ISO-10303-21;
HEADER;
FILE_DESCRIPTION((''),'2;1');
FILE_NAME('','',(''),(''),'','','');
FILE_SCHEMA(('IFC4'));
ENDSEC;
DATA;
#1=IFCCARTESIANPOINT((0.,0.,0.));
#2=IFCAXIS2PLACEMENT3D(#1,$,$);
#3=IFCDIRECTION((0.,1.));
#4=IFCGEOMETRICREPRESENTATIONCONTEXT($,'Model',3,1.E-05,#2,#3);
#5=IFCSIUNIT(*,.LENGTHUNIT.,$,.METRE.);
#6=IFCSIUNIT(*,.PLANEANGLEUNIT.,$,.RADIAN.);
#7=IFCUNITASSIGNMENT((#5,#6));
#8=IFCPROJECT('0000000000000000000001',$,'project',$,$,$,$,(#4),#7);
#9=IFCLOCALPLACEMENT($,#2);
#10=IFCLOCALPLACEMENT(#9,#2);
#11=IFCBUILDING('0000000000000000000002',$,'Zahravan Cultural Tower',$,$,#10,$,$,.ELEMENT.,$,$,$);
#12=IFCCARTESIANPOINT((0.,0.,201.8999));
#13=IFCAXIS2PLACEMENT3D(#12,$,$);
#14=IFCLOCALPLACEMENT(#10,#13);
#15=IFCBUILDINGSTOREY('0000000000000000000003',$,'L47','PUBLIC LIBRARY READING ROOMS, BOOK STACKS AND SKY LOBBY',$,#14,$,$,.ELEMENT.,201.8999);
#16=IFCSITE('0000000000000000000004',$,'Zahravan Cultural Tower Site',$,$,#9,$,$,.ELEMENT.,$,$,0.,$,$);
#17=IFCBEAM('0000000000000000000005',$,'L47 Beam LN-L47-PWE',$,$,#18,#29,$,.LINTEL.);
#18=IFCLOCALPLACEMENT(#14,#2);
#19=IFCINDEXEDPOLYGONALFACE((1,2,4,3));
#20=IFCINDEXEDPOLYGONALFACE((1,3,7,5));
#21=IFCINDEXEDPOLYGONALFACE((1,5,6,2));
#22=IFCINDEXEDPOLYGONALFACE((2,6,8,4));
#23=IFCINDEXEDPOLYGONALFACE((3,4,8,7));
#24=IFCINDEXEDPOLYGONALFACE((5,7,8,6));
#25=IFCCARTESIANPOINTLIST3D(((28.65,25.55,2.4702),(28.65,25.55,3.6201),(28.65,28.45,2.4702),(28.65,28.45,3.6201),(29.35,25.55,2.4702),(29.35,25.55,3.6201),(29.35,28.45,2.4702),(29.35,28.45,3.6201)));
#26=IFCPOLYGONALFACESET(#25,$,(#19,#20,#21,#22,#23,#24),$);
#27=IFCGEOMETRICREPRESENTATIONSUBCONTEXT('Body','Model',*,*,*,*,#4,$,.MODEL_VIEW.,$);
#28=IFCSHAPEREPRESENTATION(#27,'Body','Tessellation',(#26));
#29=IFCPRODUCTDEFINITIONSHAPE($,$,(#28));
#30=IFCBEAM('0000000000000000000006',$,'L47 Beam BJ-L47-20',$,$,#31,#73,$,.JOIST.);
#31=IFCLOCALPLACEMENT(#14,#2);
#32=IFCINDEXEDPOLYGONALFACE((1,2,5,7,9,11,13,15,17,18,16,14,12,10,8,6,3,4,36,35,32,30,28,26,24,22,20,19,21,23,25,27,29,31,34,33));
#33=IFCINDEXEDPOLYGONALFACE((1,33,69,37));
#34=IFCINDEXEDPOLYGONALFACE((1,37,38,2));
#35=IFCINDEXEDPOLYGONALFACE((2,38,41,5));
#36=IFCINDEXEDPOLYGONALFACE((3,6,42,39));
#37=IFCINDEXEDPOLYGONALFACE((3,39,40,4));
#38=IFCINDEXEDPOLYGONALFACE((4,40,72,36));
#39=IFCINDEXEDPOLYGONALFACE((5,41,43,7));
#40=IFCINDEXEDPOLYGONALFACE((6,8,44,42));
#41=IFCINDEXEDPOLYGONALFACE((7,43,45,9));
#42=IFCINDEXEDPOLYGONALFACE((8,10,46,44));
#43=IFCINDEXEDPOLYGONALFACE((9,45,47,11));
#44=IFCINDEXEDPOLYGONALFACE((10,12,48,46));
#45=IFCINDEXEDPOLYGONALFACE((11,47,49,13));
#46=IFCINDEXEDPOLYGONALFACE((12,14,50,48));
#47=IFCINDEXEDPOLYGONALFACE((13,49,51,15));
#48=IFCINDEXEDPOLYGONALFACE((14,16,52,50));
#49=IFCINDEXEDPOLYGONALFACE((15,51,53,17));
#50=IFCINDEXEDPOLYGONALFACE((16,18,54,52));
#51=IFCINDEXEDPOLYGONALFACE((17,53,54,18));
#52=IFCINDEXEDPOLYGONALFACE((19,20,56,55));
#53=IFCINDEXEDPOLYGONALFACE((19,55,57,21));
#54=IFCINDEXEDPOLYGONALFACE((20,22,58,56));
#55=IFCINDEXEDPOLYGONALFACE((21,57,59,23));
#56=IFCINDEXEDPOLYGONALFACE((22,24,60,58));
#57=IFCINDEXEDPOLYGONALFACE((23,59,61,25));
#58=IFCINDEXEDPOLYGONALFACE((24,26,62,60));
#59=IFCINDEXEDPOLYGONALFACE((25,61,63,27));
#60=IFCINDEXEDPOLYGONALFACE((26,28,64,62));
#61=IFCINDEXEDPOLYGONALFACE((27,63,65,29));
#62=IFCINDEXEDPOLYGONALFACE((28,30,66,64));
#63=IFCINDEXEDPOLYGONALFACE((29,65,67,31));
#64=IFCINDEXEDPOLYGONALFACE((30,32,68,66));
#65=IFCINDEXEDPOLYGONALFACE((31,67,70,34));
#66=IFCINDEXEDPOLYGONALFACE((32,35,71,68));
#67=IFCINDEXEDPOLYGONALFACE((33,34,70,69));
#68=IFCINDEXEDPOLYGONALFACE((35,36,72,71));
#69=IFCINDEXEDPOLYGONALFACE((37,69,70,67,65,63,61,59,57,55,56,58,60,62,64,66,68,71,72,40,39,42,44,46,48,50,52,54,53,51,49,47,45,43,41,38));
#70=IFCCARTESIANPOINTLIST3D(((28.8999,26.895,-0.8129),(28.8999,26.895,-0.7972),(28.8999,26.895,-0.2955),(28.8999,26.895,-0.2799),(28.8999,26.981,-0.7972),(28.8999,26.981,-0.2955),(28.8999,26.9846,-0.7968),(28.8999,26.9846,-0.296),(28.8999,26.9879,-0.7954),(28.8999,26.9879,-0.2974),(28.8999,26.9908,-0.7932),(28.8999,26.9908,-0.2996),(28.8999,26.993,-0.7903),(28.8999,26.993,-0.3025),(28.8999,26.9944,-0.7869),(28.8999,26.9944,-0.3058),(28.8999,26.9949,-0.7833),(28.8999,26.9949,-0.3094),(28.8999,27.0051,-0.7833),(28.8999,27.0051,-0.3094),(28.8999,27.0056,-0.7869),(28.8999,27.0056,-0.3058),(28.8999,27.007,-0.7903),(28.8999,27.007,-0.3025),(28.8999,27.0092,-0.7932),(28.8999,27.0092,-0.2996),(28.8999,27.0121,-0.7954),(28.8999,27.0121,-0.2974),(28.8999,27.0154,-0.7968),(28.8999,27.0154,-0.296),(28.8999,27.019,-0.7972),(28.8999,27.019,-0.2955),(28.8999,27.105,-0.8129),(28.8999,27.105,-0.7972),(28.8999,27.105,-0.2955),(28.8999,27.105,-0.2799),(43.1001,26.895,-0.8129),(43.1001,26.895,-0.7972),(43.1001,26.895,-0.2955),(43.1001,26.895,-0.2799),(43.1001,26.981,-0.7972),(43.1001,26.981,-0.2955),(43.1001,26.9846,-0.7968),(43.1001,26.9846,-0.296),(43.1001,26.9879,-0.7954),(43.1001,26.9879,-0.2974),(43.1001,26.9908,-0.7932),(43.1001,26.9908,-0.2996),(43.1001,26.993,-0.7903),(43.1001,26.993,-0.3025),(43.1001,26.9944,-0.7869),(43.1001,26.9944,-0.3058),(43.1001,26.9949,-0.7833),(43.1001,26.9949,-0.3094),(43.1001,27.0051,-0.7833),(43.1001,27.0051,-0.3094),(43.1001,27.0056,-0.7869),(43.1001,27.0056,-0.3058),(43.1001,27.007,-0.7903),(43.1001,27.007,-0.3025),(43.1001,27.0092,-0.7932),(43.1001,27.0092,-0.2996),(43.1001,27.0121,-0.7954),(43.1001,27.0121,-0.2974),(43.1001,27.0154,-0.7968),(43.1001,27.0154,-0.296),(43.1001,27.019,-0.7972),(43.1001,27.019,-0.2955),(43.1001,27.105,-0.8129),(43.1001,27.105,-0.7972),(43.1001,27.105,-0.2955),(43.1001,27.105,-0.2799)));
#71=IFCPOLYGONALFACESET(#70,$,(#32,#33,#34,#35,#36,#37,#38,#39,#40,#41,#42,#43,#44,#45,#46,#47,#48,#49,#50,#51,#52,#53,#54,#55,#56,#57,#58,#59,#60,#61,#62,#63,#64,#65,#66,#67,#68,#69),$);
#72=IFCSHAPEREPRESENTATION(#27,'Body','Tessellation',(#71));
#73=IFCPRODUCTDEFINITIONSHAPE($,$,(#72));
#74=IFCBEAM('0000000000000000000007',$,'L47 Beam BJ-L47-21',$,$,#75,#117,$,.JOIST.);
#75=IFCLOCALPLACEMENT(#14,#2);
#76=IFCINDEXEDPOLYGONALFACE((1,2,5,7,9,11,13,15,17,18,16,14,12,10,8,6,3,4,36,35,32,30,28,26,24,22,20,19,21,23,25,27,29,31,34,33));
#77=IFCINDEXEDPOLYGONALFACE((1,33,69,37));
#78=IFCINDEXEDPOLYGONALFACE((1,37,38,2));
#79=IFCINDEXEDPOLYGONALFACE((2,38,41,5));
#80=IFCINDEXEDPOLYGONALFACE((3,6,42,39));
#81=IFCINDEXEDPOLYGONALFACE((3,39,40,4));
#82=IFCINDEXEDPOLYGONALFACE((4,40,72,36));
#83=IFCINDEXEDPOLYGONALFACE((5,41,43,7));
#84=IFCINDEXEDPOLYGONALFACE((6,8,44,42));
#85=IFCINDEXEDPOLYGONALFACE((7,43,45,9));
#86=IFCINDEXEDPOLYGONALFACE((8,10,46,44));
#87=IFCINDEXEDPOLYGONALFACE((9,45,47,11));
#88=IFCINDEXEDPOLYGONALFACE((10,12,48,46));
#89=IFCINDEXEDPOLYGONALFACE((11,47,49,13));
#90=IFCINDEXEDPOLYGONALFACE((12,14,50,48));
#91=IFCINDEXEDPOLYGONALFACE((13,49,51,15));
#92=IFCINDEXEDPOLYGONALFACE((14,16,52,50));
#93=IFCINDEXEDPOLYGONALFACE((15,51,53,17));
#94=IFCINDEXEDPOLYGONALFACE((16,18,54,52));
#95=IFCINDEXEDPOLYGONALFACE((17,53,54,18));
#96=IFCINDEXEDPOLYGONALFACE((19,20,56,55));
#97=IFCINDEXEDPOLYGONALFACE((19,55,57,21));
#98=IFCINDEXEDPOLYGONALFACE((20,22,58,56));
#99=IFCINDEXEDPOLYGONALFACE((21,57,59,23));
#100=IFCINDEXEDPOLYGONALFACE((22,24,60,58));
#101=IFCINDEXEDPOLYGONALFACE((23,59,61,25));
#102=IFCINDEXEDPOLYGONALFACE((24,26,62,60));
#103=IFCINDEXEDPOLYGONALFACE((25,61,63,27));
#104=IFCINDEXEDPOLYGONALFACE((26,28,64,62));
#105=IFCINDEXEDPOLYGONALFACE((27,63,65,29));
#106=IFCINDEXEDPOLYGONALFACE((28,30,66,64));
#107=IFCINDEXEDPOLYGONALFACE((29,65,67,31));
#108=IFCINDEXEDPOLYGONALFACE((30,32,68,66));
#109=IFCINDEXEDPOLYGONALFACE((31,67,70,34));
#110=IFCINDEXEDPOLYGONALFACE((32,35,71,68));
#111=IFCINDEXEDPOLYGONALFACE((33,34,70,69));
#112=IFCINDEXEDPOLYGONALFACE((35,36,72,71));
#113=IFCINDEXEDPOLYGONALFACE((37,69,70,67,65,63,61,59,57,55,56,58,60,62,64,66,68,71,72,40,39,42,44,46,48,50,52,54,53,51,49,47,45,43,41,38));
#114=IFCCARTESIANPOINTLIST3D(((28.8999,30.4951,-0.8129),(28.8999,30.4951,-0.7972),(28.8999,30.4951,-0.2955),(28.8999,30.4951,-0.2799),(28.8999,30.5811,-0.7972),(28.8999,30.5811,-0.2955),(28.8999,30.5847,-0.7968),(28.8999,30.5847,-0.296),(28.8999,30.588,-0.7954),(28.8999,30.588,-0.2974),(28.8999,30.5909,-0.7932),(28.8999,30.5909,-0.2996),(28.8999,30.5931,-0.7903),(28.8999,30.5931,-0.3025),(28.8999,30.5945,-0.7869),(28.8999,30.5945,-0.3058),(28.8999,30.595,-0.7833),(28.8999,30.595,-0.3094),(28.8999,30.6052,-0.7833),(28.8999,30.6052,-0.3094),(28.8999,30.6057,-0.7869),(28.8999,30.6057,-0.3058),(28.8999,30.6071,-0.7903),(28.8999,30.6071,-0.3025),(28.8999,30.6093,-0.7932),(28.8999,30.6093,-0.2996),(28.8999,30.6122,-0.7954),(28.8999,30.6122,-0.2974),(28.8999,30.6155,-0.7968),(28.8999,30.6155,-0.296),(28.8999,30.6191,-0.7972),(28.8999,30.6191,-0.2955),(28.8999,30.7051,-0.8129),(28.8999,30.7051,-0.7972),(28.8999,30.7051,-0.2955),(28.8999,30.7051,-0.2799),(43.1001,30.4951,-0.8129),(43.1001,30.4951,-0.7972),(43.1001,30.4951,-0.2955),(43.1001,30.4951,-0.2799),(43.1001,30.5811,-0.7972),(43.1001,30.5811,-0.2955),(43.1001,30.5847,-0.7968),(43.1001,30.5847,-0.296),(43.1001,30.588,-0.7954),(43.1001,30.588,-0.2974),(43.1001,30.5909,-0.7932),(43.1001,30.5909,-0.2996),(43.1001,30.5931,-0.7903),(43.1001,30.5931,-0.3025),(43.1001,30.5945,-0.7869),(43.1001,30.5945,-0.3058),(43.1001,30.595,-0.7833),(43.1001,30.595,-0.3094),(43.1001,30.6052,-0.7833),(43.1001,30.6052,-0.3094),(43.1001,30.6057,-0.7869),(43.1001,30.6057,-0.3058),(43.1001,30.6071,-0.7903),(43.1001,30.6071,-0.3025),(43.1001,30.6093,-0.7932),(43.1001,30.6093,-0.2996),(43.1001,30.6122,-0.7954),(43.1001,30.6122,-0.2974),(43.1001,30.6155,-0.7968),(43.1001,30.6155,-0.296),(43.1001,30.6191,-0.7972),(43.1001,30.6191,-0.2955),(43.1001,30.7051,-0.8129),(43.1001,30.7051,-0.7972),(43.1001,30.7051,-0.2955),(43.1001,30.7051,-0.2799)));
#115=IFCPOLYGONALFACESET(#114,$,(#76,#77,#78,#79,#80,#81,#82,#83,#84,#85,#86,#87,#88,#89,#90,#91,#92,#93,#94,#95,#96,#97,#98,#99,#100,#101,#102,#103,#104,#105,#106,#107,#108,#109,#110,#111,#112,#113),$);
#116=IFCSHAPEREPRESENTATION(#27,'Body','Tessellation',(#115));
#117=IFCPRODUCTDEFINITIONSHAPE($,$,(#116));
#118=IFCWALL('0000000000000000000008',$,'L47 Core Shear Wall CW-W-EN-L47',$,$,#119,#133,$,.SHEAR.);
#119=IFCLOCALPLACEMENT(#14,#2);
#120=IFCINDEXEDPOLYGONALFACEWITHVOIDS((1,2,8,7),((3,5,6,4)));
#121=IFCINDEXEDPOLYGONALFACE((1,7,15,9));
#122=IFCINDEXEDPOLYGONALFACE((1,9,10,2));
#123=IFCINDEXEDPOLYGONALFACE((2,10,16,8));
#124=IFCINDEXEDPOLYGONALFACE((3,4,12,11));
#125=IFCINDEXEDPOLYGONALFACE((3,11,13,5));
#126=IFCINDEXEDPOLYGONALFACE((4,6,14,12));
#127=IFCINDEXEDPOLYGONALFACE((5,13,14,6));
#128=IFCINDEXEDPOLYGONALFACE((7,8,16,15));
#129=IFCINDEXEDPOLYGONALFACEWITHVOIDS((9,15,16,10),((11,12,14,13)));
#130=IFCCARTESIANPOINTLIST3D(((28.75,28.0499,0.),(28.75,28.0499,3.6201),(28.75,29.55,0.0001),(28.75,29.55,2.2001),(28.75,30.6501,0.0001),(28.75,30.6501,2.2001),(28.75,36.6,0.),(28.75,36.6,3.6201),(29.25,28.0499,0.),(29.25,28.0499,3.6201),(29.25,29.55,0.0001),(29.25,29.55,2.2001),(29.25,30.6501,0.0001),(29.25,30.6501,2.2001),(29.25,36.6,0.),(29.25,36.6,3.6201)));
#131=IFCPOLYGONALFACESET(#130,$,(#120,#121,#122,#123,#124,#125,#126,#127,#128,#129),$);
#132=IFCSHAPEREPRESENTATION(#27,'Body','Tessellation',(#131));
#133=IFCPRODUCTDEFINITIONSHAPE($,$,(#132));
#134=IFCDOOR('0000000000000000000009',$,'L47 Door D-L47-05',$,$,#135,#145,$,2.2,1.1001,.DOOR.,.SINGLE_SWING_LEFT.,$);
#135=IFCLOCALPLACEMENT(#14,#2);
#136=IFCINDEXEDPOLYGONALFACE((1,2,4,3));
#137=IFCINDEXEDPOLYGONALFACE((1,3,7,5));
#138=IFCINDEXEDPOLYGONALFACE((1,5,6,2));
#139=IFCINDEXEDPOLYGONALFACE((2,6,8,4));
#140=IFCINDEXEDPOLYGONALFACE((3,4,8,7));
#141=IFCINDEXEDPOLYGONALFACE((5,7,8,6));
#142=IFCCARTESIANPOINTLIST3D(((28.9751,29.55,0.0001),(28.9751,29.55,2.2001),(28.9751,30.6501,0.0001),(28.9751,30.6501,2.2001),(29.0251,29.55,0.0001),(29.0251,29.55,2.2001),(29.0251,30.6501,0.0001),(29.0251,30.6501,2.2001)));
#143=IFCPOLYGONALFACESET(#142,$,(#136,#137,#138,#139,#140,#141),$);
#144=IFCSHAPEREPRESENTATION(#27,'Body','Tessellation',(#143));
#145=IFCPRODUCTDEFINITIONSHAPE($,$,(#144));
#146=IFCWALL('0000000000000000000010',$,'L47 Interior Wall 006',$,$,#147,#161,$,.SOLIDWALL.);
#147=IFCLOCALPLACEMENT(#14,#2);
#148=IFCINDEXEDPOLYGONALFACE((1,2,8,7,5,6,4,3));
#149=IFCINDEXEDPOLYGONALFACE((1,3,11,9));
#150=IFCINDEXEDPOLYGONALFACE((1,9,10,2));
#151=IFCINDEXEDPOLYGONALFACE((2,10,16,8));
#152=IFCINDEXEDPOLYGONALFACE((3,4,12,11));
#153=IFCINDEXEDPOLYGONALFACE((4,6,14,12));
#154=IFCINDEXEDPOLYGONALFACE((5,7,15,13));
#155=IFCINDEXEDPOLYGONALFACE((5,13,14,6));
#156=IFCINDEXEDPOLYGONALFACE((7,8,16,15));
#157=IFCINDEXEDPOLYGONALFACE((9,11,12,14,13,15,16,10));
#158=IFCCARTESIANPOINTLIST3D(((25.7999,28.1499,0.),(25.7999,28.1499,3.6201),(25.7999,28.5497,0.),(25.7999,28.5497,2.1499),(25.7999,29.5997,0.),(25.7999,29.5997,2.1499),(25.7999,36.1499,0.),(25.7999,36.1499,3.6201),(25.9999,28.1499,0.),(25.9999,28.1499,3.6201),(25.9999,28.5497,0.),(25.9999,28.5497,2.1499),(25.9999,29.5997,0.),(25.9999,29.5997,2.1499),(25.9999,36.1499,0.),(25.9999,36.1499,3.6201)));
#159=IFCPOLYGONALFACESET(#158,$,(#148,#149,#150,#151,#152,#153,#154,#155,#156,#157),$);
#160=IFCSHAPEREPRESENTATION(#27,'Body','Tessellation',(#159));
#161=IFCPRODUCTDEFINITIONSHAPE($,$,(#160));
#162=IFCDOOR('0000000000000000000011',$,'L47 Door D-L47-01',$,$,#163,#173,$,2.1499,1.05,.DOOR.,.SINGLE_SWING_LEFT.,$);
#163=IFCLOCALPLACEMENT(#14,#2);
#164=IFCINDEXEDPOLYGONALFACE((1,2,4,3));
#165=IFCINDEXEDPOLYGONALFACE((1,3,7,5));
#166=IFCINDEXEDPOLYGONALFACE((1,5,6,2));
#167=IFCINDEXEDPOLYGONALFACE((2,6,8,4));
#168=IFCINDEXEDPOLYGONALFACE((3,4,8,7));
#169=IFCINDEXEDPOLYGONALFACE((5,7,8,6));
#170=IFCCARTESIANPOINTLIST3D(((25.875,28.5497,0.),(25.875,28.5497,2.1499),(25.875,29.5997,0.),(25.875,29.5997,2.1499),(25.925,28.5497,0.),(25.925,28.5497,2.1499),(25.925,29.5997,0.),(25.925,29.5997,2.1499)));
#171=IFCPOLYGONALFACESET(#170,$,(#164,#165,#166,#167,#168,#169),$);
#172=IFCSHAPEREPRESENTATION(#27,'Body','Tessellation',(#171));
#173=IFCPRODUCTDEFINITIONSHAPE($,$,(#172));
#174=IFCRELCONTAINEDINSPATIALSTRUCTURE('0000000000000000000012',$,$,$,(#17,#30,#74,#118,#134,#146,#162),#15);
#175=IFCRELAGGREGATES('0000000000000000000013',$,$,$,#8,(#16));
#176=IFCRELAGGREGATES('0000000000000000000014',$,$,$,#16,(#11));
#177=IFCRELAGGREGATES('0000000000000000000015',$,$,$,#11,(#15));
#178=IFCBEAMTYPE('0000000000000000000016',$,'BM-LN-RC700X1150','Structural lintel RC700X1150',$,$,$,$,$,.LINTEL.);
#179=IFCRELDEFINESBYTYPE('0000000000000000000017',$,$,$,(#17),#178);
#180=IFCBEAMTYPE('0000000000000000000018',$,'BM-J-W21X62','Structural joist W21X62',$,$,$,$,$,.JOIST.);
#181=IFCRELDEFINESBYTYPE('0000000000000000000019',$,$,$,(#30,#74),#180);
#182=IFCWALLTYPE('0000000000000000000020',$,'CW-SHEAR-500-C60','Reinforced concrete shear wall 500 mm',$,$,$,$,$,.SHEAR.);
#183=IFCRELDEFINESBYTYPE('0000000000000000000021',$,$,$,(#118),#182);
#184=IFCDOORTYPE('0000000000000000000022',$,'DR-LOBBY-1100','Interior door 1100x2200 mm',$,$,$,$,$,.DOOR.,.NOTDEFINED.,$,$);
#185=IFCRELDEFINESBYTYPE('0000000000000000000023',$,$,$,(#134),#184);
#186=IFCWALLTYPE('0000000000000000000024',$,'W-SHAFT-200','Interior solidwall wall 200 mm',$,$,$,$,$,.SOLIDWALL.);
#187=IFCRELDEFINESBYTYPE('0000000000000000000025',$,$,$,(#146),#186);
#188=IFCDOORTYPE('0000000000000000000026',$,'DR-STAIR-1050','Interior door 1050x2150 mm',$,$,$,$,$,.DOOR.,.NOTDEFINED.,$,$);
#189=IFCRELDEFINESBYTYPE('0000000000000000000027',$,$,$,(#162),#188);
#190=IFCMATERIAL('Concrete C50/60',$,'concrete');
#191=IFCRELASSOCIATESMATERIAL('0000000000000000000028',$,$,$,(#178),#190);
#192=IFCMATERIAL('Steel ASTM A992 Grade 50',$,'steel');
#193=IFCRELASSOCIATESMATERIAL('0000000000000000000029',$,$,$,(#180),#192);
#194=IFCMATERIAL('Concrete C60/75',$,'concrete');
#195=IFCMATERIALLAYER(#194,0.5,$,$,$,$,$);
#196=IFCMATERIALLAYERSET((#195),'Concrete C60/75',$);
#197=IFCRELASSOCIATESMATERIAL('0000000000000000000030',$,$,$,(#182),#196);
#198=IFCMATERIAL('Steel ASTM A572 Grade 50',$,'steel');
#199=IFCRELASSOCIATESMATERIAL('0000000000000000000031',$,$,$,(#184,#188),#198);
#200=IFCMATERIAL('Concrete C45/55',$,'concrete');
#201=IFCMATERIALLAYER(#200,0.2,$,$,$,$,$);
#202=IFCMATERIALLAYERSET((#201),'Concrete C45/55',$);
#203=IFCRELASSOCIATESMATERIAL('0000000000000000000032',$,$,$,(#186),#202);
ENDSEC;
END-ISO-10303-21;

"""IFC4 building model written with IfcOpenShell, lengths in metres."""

from ifc_helpers import new_model, si_unit, direction, frame, frame_2d, origin, origin_2d, place, context, subcontext, project, spatial, rectangle, i_section, extrude, source, transform, mapped, material, layer, layer_set, material_profile, profile_set, type_object, element, fill, save


model = new_model("IFC4")

# Units and contexts
model_context = context("Model", 3, precision=1e-05, world=origin(), true_north=direction((0.0, 1.0)))
body_context = subcontext(model_context, "Body", "Model", "MODEL_VIEW")
ifc_project = project(units=[si_unit("LENGTHUNIT", "METRE"), si_unit("PLANEANGLEUNIT", "RADIAN")], contexts=[model_context])

# Site, building, storey
site_placement = place(None, origin())
site = spatial("IfcSite", under=ifc_project, at=site_placement, Name="Zahravan Cultural Tower Site", CompositionType="ELEMENT", RefElevation=0.0)
building_placement = place(site_placement, origin())
building = spatial("IfcBuilding", under=site, at=building_placement, Name="Zahravan Cultural Tower", CompositionType="ELEMENT")
storey_placement = place(building_placement, frame((0.0, 0.0, 201.8999)))
storey = spatial("IfcBuildingStorey", under=building, at=storey_placement, Name="L47", Description="PUBLIC LIBRARY READING ROOMS, BOOK STACKS AND SKY LOBBY", CompositionType="ELEMENT", Elevation=201.8999)

# Beams
ifc_material_1 = material(Name="Concrete C50/60", Category="concrete")
ifc_material_profile_1 = material_profile(ifc_material_1, rectangle(XDim=0.7, YDim=1.1499, at=origin_2d()), Name="RC700X1150")
ifc_profile_set_1 = profile_set([ifc_material_profile_1], Name="Concrete C50/60")
beam_type_1 = type_object("IfcBeamType", Name="BM-LN-RC700X1150", Description="Structural lintel RC700X1150", PredefinedType="LINTEL", material=ifc_profile_set_1)
shared_shape_1 = source(origin(), body_context, "Body", "SweptSolid", [
    extrude(rectangle(XDim=0.7, YDim=1.1499, at=origin_2d()), origin(), (0.0, 0.0, 1.0), 2.8999),
])
beam_placement = place(storey_placement, frame((29.0, 25.55, 3.0452), z_axis=(0.0, 1.0, 0.0), x_axis=(-1.0, 0.0, 0.0)))
element("IfcBeam", 1, at=beam_placement, inside=storey, type_object=beam_type_1, Name="L47 Beam LN-L47-PWE", PredefinedType="LINTEL", context=body_context, shape_type="MappedRepresentation", body=[
    mapped(shared_shape_1, transform((0.0, 0.0, 0.0), x_axis=(1.0, 0.0, 0.0), y_axis=(0.0, 1.0, 0.0), z_axis=(0.0, 0.0, 1.0), scale=1.0)),
])
ifc_material_2 = material(Name="Steel ASTM A992 Grade 50", Category="steel")
ifc_material_profile_2 = material_profile(ifc_material_2, i_section(OverallWidth=0.21, OverallDepth=0.533, WebThickness=0.0103, FlangeThickness=0.0156, FilletRadius=0.0139, at=origin_2d()), Name="W21X62")
ifc_profile_set_2 = profile_set([ifc_material_profile_2], Name="Steel ASTM A992 Grade 50")
beam_type_2 = type_object("IfcBeamType", Name="BM-J-W21X62", Description="Structural joist W21X62", PredefinedType="JOIST", material=ifc_profile_set_2)
shared_shape_2 = source(origin(), body_context, "Body", "SweptSolid", [
    extrude(i_section(OverallWidth=0.21, OverallDepth=0.533, WebThickness=0.0103, FlangeThickness=0.0156, FilletRadius=0.0139, at=origin_2d()), origin(), (0.0, 0.0, 1.0), 14.2002),
])
for number, where, z_axis, x_axis, name in (
    (2, (28.8999, 27.0, -0.5464), (1.0, 0.0, 0.0), (0.0, 1.0, 0.0), "L47 Beam BJ-L47-20"),
    (3, (28.8999, 30.6001, -0.5464), (1.0, 0.0, 0.0), (0.0, 1.0, 0.0), "L47 Beam BJ-L47-21"),
):
    element("IfcBeam", number, at=place(storey_placement, frame(where, z_axis=z_axis, x_axis=x_axis)), inside=storey, type_object=beam_type_2, Name=name, PredefinedType="JOIST", context=body_context, shape_type="MappedRepresentation", body=[
        mapped(shared_shape_2, transform((0.0, 0.0, 0.0), x_axis=(1.0, 0.0, 0.0), y_axis=(0.0, 1.0, 0.0), z_axis=(0.0, 0.0, 1.0), scale=1.0)),
    ])

# Walls, openings, doors
ifc_material_3 = material(Name="Concrete C60/75", Category="concrete")
ifc_layer_1 = layer(ifc_material_3, 0.5)
ifc_layer_set_1 = layer_set([ifc_layer_1], Name="Concrete C60/75")
wall_type_1 = type_object("IfcWallType", Name="CW-SHEAR-500-C60", Description="Reinforced concrete shear wall 500 mm", PredefinedType="SHEAR", material=ifc_layer_set_1)
wall_1_placement = place(storey_placement, frame((29.0, 28.05, 0.0), z_axis=(0.0, 0.0, 1.0), x_axis=(0.0, 1.0, 0.0)))
wall_1 = element("IfcWall", 4, at=wall_1_placement, inside=storey, type_object=wall_type_1, Name="L47 Core Shear Wall CW-W-EN-L47", PredefinedType="SHEAR", context=body_context, shape_type="SweptSolid", body=[
    extrude(rectangle(XDim=8.55, YDim=0.5, at=frame_2d((4.2749, 0.0))), origin(), (0.0, 0.0, 1.0), 3.6201),
])
opening_1_placement = place(wall_1_placement, frame((1.5, 0.0, 0.0)))
opening_1 = element("IfcOpeningElement", 5, at=opening_1_placement, cuts=wall_1, PredefinedType="OPENING", context=body_context, shape_type="SweptSolid", body=[
    extrude(rectangle(XDim=1.1001, YDim=2.2, at=frame_2d((0.55, 1.1001))), frame((0.0, 0.26, 0.0), z_axis=(0.0, -1.0, 0.0), x_axis=(1.0, 0.0, 0.0)), (0.0, 0.0, 1.0), 0.52),
])
ifc_material_4 = material(Name="Steel ASTM A572 Grade 50", Category="steel")
door_type_1 = type_object("IfcDoorType", Name="DR-LOBBY-1100", Description="Interior door 1100x2200 mm", OperationType="NOTDEFINED", PredefinedType="DOOR", material=ifc_material_4)
shared_shape_3 = source(origin(), body_context, "Body", "SweptSolid", [
    extrude(rectangle(XDim=1.1001, YDim=2.2, at=frame_2d((0.55, 1.1001))), frame((0.0, 0.0249, 0.0), z_axis=(0.0, -1.0, 0.0), x_axis=(1.0, 0.0, 0.0)), (0.0, 0.0, 1.0), 0.05),
])
door_1_placement = place(opening_1_placement, origin())
door_1 = element("IfcDoor", 6, at=door_1_placement, inside=storey, type_object=door_type_1, Name="L47 Door D-L47-05", OperationType="SINGLE_SWING_LEFT", OverallHeight=2.2, OverallWidth=1.1001, PredefinedType="DOOR", context=body_context, shape_type="MappedRepresentation", body=[
    mapped(shared_shape_3, transform((0.0, 0.0, 0.0), x_axis=(1.0, 0.0, 0.0), y_axis=(0.0, 1.0, 0.0), z_axis=(0.0, 0.0, 1.0), scale=1.0)),
])
fill(opening_1, door_1)
ifc_material_5 = material(Name="Concrete C45/55", Category="concrete")
ifc_layer_2 = layer(ifc_material_5, 0.2)
ifc_layer_set_2 = layer_set([ifc_layer_2], Name="Concrete C45/55")
wall_type_2 = type_object("IfcWallType", Name="W-SHAFT-200", Description="Interior solidwall wall 200 mm", PredefinedType="SOLIDWALL", material=ifc_layer_set_2)
wall_2_placement = place(storey_placement, frame((25.8999, 28.1499, 0.0), z_axis=(0.0, 0.0, 1.0), x_axis=(0.0, 1.0, 0.0)))
wall_2 = element("IfcWall", 7, at=wall_2_placement, inside=storey, type_object=wall_type_2, Name="L47 Interior Wall 006", PredefinedType="SOLIDWALL", context=body_context, shape_type="SweptSolid", body=[
    extrude(rectangle(XDim=8.0, YDim=0.2, at=frame_2d((4.0, 0.0))), origin(), (0.0, 0.0, 1.0), 3.6201),
])
opening_2_placement = place(wall_2_placement, frame((0.3999, 0.0, 0.0)))
opening_2 = element("IfcOpeningElement", 8, at=opening_2_placement, cuts=wall_2, PredefinedType="OPENING", context=body_context, shape_type="SweptSolid", body=[
    extrude(rectangle(XDim=1.05, YDim=2.1499, at=frame_2d((0.5249, 1.075))), frame((0.0, 0.1099, 0.0), z_axis=(0.0, -1.0, 0.0), x_axis=(1.0, 0.0, 0.0)), (0.0, 0.0, 1.0), 0.22),
])
door_type_2 = type_object("IfcDoorType", Name="DR-STAIR-1050", Description="Interior door 1050x2150 mm", OperationType="NOTDEFINED", PredefinedType="DOOR", material=ifc_material_4)
shared_shape_4 = source(origin(), body_context, "Body", "SweptSolid", [
    extrude(rectangle(XDim=1.05, YDim=2.1499, at=frame_2d((0.5249, 1.075))), frame((0.0, 0.0249, 0.0), z_axis=(0.0, -1.0, 0.0), x_axis=(1.0, 0.0, 0.0)), (0.0, 0.0, 1.0), 0.05),
])
door_2_placement = place(opening_2_placement, origin())
door_2 = element("IfcDoor", 9, at=door_2_placement, inside=storey, type_object=door_type_2, Name="L47 Door D-L47-01", OperationType="SINGLE_SWING_LEFT", OverallHeight=2.1499, OverallWidth=1.05, PredefinedType="DOOR", context=body_context, shape_type="MappedRepresentation", body=[
    mapped(shared_shape_4, transform((0.0, 0.0, 0.0), x_axis=(1.0, 0.0, 0.0), y_axis=(0.0, 1.0, 0.0), z_axis=(0.0, 0.0, 1.0), scale=1.0)),
])
fill(opening_2, door_2)

save(model, "model.ifc")
